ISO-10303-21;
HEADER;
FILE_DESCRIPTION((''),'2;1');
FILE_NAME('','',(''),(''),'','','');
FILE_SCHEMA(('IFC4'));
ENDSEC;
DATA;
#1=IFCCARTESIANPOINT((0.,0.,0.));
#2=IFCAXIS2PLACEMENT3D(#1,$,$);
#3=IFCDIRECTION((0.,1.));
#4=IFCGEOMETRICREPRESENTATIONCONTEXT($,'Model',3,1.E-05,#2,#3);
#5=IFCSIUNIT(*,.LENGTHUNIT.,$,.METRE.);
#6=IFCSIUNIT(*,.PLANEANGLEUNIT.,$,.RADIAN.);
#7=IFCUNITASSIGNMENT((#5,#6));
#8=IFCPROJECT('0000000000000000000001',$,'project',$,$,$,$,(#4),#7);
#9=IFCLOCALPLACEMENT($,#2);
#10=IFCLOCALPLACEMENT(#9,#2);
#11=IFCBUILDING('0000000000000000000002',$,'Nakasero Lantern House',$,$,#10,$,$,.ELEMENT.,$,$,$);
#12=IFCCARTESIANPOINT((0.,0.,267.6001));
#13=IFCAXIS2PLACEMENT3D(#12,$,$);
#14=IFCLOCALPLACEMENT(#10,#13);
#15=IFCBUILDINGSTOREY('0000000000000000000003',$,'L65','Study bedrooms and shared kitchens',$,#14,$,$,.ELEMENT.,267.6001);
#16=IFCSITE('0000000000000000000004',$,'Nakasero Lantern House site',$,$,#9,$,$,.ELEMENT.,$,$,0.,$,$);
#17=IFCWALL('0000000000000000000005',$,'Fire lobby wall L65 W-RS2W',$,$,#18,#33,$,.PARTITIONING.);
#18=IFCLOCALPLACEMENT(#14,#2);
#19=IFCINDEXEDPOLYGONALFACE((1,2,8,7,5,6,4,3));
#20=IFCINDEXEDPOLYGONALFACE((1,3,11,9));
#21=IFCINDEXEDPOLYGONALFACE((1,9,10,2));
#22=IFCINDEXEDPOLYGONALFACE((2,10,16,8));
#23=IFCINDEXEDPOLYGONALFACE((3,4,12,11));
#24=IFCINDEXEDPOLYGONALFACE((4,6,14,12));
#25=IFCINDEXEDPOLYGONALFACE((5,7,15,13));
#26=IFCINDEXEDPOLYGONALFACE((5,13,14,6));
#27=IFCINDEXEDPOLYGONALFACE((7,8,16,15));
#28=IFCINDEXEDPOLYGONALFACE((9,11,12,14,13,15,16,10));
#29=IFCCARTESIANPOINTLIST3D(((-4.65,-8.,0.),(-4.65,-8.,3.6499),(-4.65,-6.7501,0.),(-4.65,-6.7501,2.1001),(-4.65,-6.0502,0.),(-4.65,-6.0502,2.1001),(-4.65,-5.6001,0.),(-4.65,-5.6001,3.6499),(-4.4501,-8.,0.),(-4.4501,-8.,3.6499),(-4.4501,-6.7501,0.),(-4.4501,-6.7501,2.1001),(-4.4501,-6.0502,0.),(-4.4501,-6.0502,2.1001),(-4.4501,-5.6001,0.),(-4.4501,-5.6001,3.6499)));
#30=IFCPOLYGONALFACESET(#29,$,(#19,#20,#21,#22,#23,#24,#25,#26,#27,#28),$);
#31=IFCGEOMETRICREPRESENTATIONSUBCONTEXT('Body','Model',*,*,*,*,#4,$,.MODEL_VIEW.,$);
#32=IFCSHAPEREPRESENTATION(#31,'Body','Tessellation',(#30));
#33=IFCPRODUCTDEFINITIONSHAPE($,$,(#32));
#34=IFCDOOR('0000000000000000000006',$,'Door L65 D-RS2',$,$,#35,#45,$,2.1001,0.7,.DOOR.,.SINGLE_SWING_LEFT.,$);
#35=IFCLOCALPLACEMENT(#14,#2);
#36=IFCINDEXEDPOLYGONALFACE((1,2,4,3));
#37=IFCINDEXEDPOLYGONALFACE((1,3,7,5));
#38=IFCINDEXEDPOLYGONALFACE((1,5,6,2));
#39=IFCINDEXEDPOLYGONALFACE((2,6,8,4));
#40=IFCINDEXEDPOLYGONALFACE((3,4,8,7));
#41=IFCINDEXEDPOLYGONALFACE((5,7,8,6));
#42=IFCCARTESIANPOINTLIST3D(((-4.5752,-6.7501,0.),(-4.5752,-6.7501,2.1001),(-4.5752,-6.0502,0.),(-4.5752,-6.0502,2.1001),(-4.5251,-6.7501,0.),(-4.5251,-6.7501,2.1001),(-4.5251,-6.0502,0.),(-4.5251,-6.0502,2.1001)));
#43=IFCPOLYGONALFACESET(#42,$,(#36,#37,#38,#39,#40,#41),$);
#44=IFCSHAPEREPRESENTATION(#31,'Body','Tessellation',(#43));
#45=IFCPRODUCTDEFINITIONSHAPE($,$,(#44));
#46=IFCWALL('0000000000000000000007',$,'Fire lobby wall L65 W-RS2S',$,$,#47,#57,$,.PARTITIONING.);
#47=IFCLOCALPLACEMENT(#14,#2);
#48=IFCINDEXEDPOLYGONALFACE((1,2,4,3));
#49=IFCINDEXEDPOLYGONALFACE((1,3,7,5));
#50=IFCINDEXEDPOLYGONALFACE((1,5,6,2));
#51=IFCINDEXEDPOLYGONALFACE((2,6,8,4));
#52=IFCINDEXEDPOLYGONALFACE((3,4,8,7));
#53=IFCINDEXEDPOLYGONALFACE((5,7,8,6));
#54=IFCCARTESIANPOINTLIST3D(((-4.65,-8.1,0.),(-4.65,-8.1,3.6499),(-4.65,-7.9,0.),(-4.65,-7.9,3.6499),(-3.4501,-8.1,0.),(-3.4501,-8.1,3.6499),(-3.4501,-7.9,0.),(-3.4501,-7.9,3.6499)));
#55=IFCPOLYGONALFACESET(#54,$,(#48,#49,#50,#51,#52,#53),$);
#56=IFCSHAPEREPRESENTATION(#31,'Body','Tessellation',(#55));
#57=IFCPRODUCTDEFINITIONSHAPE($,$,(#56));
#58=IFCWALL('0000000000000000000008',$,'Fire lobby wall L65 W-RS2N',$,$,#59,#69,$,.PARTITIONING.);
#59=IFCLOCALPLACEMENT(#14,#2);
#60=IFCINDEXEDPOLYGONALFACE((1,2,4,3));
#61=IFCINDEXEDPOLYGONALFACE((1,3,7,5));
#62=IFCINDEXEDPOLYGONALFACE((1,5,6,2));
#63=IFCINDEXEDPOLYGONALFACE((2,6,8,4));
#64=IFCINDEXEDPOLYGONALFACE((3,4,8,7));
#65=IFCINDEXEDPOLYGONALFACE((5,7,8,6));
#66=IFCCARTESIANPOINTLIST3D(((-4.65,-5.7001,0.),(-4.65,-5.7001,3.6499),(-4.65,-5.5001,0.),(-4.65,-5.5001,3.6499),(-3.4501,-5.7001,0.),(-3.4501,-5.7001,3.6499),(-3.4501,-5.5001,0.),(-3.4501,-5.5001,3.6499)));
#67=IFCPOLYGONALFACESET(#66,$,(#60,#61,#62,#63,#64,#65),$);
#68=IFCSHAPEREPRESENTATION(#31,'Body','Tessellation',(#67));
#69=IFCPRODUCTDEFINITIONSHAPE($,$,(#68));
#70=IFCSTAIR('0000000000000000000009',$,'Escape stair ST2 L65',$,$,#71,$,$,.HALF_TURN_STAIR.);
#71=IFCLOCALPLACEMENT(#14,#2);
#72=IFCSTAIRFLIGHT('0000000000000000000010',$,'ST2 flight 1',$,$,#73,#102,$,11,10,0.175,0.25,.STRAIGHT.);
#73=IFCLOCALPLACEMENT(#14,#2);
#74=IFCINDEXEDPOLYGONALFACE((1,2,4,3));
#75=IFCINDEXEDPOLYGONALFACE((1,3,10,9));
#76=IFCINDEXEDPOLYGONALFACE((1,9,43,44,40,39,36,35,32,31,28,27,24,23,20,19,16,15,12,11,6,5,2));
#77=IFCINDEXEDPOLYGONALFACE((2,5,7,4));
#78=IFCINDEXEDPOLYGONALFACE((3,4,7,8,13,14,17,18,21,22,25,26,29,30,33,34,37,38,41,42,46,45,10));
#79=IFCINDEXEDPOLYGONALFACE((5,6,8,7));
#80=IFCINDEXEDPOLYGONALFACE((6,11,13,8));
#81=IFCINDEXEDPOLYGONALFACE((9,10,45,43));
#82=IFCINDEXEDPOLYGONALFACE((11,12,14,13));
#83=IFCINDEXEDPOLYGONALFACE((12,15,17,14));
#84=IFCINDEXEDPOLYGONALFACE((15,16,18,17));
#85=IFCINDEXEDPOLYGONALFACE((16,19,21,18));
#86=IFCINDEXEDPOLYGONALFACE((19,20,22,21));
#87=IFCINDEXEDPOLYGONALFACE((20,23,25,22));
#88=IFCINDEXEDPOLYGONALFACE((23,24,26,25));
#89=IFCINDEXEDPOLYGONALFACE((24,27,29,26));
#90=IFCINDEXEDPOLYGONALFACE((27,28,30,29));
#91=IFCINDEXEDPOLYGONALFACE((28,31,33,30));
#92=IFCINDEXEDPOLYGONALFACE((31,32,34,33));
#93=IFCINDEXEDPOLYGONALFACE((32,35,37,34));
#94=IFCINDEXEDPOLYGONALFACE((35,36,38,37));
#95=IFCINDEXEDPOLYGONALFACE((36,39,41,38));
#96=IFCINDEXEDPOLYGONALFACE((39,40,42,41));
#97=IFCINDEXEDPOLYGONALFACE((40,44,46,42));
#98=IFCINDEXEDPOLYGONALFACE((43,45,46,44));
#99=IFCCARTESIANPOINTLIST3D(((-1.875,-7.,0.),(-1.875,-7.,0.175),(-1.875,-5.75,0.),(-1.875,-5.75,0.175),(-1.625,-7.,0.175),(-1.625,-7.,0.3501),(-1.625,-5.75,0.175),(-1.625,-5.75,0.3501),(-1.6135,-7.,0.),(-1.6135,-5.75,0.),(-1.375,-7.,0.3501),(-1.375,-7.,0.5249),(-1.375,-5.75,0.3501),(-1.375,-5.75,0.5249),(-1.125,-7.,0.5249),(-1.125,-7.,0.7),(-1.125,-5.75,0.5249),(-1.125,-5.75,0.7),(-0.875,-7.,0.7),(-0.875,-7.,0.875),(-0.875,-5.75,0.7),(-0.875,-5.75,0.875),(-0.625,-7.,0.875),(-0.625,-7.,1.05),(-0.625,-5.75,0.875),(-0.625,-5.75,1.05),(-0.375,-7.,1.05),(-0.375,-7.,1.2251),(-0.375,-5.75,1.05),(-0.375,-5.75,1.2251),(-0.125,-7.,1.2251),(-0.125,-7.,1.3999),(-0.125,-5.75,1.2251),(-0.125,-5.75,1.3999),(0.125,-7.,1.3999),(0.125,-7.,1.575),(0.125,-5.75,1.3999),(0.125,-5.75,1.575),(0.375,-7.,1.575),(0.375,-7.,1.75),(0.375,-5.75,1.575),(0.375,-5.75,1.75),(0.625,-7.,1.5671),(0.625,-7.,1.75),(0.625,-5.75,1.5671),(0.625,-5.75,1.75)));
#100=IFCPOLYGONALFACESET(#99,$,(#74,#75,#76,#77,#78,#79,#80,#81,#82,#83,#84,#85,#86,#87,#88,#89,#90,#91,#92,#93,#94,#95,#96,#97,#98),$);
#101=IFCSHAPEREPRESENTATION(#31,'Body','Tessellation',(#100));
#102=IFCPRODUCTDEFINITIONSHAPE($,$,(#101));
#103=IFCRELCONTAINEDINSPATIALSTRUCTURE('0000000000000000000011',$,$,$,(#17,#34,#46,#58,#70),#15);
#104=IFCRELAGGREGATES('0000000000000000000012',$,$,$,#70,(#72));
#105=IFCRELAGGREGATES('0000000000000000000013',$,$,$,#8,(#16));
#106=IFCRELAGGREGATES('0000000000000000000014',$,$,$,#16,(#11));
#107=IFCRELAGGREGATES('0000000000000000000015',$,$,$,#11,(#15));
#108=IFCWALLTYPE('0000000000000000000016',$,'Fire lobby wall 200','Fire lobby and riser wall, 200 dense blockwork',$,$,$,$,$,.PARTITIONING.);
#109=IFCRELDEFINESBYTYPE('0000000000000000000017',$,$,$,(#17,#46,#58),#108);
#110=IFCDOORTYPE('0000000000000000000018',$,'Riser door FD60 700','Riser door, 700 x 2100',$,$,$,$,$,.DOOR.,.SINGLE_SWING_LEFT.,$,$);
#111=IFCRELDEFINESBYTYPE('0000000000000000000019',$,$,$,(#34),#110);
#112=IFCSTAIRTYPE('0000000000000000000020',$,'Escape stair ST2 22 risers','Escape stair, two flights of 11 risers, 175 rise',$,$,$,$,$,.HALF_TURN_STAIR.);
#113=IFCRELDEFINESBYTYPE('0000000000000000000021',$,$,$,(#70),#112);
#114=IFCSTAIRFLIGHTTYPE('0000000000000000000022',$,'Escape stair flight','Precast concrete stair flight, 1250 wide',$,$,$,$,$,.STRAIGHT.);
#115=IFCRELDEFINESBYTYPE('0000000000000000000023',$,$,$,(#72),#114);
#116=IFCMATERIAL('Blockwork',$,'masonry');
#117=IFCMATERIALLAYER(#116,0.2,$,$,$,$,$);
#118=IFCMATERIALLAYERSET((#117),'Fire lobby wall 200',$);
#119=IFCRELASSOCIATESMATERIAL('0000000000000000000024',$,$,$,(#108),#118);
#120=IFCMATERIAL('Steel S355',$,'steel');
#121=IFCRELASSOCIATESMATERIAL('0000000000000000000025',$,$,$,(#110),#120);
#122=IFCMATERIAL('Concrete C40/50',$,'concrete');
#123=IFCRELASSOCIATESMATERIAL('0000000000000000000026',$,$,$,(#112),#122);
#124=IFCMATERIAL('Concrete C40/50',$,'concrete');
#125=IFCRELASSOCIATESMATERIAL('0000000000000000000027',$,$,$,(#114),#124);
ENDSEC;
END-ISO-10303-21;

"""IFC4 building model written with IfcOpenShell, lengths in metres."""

from ifc_helpers import new_model, si_unit, direction, frame, frame_2d, origin, place, context, subcontext, project, spatial, polyline, rectangle, outline, extrude, material, layer, layer_set, type_object, element, fill, aggregate, save


model = new_model("IFC4")

# Units and contexts
model_context = context("Model", 3, precision=1e-05, world=origin(), true_north=direction((0.0, 1.0)))
body_context = subcontext(model_context, "Body", "Model", "MODEL_VIEW")
ifc_project = project(units=[si_unit("LENGTHUNIT", "METRE"), si_unit("PLANEANGLEUNIT", "RADIAN")], contexts=[model_context])

# Site, building, storey
site_placement = place(None, origin())
site = spatial("IfcSite", under=ifc_project, at=site_placement, Name="Nakasero Lantern House site", CompositionType="ELEMENT", RefElevation=0.0)
building_placement = place(site_placement, origin())
building = spatial("IfcBuilding", under=site, at=building_placement, Name="Nakasero Lantern House", CompositionType="ELEMENT")
storey_placement = place(building_placement, frame((0.0, 0.0, 267.6001)))
storey = spatial("IfcBuildingStorey", under=building, at=storey_placement, Name="L65", Description="Study bedrooms and shared kitchens", CompositionType="ELEMENT", Elevation=267.6001)

# Wall, opening, door
ifc_material_1 = material(Name="Blockwork", Category="masonry")
ifc_layer_1 = layer(ifc_material_1, 0.2)
ifc_layer_set_1 = layer_set([ifc_layer_1], Name="Fire lobby wall 200")
wall_type_1 = type_object("IfcWallType", Name="Fire lobby wall 200", Description="Fire lobby and riser wall, 200 dense blockwork", PredefinedType="PARTITIONING", material=ifc_layer_set_1)
wall_1_placement = place(storey_placement, frame((-4.55, -5.6001, 0.0), z_axis=(0.0, 0.0, 1.0), x_axis=(0.0, -1.0, 0.0)))
wall_1 = element("IfcWall", 1, at=wall_1_placement, inside=storey, type_object=wall_type_1, Name="Fire lobby wall L65 W-RS2W", PredefinedType="PARTITIONING", context=body_context, shape_type="SweptSolid", body=[
    extrude(rectangle(XDim=2.3999, YDim=0.2, at=frame_2d((1.2, 0.0))), origin(), (0.0, 0.0, 1.0), 3.6499),
])
opening_1_placement = place(wall_1_placement, frame((0.45, 0.0, 0.0)))
opening_1 = element("IfcOpeningElement", 2, at=opening_1_placement, cuts=wall_1, PredefinedType="OPENING", context=body_context, shape_type="SweptSolid", body=[
    extrude(rectangle(XDim=0.7, YDim=2.1001, at=frame_2d((0.3501, 1.05))), frame((0.0, 0.1199, 0.0), z_axis=(0.0, -1.0, 0.0), x_axis=(1.0, 0.0, 0.0)), (0.0, 0.0, 1.0), 0.24),
])
ifc_material_2 = material(Name="Steel S355", Category="steel")
door_type_1 = type_object("IfcDoorType", Name="Riser door FD60 700", Description="Riser door, 700 x 2100", OperationType="SINGLE_SWING_LEFT", PredefinedType="DOOR", material=ifc_material_2)
door_1_placement = place(opening_1_placement, origin())
door_1 = element("IfcDoor", 3, at=door_1_placement, inside=storey, type_object=door_type_1, Name="Door L65 D-RS2", OperationType="SINGLE_SWING_LEFT", OverallHeight=2.1001, OverallWidth=0.7, PredefinedType="DOOR", context=body_context, shape_type="SweptSolid", body=[
    extrude(rectangle(XDim=0.7, YDim=2.1001, at=frame_2d((0.3501, 1.05))), frame((0.0, 0.0249, 0.0), z_axis=(0.0, -1.0, 0.0), x_axis=(1.0, 0.0, 0.0)), (0.0, 0.0, 1.0), 0.05),
])
fill(opening_1, door_1)

# Walls
for number, where, z_axis, x_axis, name in (
    (4, (-3.45, -8.0, 0.0), (0.0, 0.0, 1.0), (-1.0, 0.0, 0.0), "Fire lobby wall L65 W-RS2S"),
    (5, (-3.45, -5.6001, 0.0), (0.0, 0.0, 1.0), (-1.0, 0.0, 0.0), "Fire lobby wall L65 W-RS2N"),
):
    element("IfcWall", number, at=place(storey_placement, frame(where, z_axis=z_axis, x_axis=x_axis)), inside=storey, type_object=wall_type_1, Name=name, PredefinedType="PARTITIONING", context=body_context, shape_type="SweptSolid", body=[
        extrude(rectangle(XDim=1.2, YDim=0.2, at=frame_2d((0.6001, 0.0))), origin(), (0.0, 0.0, 1.0), 3.6499),
    ])

# Stair, stair flight
ifc_material_3 = material(Name="Concrete C40/50", Category="concrete")
stair_type = type_object("IfcStairType", Name="Escape stair ST2 22 risers", Description="Escape stair, two flights of 11 risers, 175 rise", PredefinedType="HALF_TURN_STAIR", material=ifc_material_3)
stair_placement = place(storey_placement, origin())
stair = element("IfcStair", 6, at=stair_placement, inside=storey, type_object=stair_type, Name="Escape stair ST2 L65", PredefinedType="HALF_TURN_STAIR")
ifc_material_4 = material(Name="Concrete C40/50", Category="concrete")
stair_flight_type = type_object("IfcStairFlightType", Name="Escape stair flight", Description="Precast concrete stair flight, 1250 wide", PredefinedType="STRAIGHT", material=ifc_material_4)
stair_flight_placement = place(storey_placement, frame((-1.875, -6.375, 0.0), z_axis=(0.0, 0.0, 1.0), x_axis=(1.0, 0.0, 0.0)))
stair_flight = element("IfcStairFlight", 7, at=stair_flight_placement, type_object=stair_flight_type, Name="ST2 flight 1", NumberOfRisers=11, NumberOfTreads=10, PredefinedType="STRAIGHT", RiserHeight=0.175, TreadLength=0.25, context=body_context, shape_type="SweptSolid", body=[
    extrude(outline(polyline([(0.0, 0.0), (0.0, 0.175), (0.25, 0.175), (0.25, 0.3501), (0.5, 0.3501), (0.5, 0.5249), (0.75, 0.5249), (0.75, 0.7), (1.0, 0.7), (1.0, 0.875), (1.25, 0.875), (1.25, 1.05), (1.5, 1.05), (1.5, 1.2251), (1.75, 1.2251), (1.75, 1.3999), (2.0, 1.3999), (2.0, 1.575), (2.25, 1.575), (2.25, 1.75), (2.5, 1.75), (2.5, 1.925), (2.5, 1.5671), (0.2615, 0.0), (0.0, 0.0)])), frame((0.0, 0.625, 0.0), z_axis=(0.0, -1.0, 0.0), x_axis=(1.0, 0.0, 0.0)), (0.0, 0.0, 1.0), 1.25),
])
aggregate(stair, [stair_flight])

save(model, "model.ifc")
